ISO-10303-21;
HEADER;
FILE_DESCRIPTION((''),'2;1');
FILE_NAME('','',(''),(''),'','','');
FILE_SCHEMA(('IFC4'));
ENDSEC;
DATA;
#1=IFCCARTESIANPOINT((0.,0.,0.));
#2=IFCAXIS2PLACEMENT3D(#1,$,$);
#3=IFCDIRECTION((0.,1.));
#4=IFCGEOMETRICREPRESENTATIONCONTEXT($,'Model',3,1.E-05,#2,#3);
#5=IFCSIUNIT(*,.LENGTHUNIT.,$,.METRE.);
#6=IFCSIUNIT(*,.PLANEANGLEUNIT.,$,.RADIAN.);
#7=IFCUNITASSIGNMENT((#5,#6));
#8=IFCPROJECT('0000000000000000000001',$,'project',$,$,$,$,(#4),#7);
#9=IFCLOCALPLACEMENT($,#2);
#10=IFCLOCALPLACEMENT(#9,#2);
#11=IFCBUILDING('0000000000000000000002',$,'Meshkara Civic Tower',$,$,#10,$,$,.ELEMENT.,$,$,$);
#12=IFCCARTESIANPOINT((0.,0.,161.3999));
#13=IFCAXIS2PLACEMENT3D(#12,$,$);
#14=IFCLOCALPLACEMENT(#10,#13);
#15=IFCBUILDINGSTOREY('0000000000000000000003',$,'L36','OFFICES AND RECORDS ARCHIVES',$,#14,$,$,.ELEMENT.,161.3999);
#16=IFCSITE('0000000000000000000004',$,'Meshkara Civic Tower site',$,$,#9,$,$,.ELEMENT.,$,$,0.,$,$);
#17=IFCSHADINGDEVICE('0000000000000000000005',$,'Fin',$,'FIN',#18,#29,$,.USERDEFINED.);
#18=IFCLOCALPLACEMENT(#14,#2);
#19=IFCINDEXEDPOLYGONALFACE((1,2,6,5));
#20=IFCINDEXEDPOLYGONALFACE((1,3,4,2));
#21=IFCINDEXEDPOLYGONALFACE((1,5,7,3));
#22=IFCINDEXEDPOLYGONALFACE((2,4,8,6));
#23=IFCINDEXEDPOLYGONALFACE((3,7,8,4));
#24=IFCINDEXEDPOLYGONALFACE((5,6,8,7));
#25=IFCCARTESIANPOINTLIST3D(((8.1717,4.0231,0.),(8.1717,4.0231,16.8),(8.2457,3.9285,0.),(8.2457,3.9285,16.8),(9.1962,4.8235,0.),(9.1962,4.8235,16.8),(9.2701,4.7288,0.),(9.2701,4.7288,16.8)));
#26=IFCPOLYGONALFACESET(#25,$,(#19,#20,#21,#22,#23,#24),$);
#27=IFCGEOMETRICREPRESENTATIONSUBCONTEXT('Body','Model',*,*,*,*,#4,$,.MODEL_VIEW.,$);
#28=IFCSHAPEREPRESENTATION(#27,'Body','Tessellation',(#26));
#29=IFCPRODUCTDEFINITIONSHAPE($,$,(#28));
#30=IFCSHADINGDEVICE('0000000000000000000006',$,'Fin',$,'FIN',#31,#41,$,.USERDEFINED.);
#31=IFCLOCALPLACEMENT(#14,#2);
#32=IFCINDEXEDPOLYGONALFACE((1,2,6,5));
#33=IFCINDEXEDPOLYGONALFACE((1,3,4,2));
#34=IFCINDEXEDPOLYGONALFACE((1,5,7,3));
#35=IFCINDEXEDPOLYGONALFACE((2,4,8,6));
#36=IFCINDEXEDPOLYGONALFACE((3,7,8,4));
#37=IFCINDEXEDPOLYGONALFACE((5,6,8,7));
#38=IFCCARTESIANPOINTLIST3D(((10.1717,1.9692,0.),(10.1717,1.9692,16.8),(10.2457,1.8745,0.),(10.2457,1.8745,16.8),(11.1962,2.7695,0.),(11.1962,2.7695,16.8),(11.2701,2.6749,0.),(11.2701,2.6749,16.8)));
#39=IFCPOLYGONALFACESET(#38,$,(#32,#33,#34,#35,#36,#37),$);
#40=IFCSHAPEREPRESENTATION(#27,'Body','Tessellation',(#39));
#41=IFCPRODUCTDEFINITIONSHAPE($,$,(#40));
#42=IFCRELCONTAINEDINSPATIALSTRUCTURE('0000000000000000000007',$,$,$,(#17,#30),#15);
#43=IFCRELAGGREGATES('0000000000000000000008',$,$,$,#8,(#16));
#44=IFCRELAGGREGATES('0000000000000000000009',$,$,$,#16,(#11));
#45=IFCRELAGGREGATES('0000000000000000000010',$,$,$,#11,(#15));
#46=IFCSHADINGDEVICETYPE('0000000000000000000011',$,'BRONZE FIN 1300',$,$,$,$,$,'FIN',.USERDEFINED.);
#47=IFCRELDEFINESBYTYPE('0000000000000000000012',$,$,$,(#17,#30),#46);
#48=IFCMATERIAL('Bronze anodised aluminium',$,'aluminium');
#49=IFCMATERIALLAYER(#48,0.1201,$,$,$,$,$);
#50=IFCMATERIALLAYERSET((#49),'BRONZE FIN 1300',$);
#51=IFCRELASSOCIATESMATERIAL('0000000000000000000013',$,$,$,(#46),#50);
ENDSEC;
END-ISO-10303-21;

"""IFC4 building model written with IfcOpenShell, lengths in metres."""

from ifc_helpers import new_model, si_unit, direction, frame, origin, origin_2d, place, context, subcontext, project, spatial, rectangle, extrude, material, layer, layer_set, type_object, element, save


model = new_model("IFC4")

# Units and contexts
model_context = context("Model", 3, precision=1e-05, world=origin(), true_north=direction((0.0, 1.0)))
body_context = subcontext(model_context, "Body", "Model", "MODEL_VIEW")
ifc_project = project(units=[si_unit("LENGTHUNIT", "METRE"), si_unit("PLANEANGLEUNIT", "RADIAN")], contexts=[model_context])

# Site, building, storey
site_placement = place(None, origin())
site = spatial("IfcSite", under=ifc_project, at=site_placement, Name="Meshkara Civic Tower site", CompositionType="ELEMENT", RefElevation=0.0)
building_placement = place(site_placement, origin())
building = spatial("IfcBuilding", under=site, at=building_placement, Name="Meshkara Civic Tower", CompositionType="ELEMENT")
storey_placement = place(building_placement, frame((0.0, 0.0, 161.3999)))
storey = spatial("IfcBuildingStorey", under=building, at=storey_placement, Name="L36", Description="OFFICES AND RECORDS ARCHIVES", CompositionType="ELEMENT", Elevation=161.3999)

# Shading devices
ifc_material_1 = material(Name="Bronze anodised aluminium", Category="aluminium")
ifc_layer_1 = layer(ifc_material_1, 0.1201)
ifc_layer_set_1 = layer_set([ifc_layer_1], Name="BRONZE FIN 1300")
shading_device_type = type_object("IfcShadingDeviceType", Name="BRONZE FIN 1300", ElementType="FIN", PredefinedType="USERDEFINED", material=ifc_layer_set_1)
for number, where, z_axis, x_axis, name in (
    (1, (8.7209, 4.376, 0.0), (0.0, 0.0, 1.0), (0.615661, -0.788011, 0.0), "Fin"),
    (2, (10.7209, 2.322, 0.0), (0.0, 0.0, 1.0), (0.615661, -0.788011, 0.0), "Fin"),
):
    element("IfcShadingDevice", number, at=place(storey_placement, frame(where, z_axis=z_axis, x_axis=x_axis)), inside=storey, type_object=shading_device_type, Name=name, ObjectType="FIN", PredefinedType="USERDEFINED", context=body_context, shape_type="SweptSolid", body=[
        extrude(rectangle(XDim=0.1201, YDim=1.3, at=origin_2d()), origin(), (0.0, 0.0, 1.0), 16.8),
    ])

save(model, "model.ifc")
